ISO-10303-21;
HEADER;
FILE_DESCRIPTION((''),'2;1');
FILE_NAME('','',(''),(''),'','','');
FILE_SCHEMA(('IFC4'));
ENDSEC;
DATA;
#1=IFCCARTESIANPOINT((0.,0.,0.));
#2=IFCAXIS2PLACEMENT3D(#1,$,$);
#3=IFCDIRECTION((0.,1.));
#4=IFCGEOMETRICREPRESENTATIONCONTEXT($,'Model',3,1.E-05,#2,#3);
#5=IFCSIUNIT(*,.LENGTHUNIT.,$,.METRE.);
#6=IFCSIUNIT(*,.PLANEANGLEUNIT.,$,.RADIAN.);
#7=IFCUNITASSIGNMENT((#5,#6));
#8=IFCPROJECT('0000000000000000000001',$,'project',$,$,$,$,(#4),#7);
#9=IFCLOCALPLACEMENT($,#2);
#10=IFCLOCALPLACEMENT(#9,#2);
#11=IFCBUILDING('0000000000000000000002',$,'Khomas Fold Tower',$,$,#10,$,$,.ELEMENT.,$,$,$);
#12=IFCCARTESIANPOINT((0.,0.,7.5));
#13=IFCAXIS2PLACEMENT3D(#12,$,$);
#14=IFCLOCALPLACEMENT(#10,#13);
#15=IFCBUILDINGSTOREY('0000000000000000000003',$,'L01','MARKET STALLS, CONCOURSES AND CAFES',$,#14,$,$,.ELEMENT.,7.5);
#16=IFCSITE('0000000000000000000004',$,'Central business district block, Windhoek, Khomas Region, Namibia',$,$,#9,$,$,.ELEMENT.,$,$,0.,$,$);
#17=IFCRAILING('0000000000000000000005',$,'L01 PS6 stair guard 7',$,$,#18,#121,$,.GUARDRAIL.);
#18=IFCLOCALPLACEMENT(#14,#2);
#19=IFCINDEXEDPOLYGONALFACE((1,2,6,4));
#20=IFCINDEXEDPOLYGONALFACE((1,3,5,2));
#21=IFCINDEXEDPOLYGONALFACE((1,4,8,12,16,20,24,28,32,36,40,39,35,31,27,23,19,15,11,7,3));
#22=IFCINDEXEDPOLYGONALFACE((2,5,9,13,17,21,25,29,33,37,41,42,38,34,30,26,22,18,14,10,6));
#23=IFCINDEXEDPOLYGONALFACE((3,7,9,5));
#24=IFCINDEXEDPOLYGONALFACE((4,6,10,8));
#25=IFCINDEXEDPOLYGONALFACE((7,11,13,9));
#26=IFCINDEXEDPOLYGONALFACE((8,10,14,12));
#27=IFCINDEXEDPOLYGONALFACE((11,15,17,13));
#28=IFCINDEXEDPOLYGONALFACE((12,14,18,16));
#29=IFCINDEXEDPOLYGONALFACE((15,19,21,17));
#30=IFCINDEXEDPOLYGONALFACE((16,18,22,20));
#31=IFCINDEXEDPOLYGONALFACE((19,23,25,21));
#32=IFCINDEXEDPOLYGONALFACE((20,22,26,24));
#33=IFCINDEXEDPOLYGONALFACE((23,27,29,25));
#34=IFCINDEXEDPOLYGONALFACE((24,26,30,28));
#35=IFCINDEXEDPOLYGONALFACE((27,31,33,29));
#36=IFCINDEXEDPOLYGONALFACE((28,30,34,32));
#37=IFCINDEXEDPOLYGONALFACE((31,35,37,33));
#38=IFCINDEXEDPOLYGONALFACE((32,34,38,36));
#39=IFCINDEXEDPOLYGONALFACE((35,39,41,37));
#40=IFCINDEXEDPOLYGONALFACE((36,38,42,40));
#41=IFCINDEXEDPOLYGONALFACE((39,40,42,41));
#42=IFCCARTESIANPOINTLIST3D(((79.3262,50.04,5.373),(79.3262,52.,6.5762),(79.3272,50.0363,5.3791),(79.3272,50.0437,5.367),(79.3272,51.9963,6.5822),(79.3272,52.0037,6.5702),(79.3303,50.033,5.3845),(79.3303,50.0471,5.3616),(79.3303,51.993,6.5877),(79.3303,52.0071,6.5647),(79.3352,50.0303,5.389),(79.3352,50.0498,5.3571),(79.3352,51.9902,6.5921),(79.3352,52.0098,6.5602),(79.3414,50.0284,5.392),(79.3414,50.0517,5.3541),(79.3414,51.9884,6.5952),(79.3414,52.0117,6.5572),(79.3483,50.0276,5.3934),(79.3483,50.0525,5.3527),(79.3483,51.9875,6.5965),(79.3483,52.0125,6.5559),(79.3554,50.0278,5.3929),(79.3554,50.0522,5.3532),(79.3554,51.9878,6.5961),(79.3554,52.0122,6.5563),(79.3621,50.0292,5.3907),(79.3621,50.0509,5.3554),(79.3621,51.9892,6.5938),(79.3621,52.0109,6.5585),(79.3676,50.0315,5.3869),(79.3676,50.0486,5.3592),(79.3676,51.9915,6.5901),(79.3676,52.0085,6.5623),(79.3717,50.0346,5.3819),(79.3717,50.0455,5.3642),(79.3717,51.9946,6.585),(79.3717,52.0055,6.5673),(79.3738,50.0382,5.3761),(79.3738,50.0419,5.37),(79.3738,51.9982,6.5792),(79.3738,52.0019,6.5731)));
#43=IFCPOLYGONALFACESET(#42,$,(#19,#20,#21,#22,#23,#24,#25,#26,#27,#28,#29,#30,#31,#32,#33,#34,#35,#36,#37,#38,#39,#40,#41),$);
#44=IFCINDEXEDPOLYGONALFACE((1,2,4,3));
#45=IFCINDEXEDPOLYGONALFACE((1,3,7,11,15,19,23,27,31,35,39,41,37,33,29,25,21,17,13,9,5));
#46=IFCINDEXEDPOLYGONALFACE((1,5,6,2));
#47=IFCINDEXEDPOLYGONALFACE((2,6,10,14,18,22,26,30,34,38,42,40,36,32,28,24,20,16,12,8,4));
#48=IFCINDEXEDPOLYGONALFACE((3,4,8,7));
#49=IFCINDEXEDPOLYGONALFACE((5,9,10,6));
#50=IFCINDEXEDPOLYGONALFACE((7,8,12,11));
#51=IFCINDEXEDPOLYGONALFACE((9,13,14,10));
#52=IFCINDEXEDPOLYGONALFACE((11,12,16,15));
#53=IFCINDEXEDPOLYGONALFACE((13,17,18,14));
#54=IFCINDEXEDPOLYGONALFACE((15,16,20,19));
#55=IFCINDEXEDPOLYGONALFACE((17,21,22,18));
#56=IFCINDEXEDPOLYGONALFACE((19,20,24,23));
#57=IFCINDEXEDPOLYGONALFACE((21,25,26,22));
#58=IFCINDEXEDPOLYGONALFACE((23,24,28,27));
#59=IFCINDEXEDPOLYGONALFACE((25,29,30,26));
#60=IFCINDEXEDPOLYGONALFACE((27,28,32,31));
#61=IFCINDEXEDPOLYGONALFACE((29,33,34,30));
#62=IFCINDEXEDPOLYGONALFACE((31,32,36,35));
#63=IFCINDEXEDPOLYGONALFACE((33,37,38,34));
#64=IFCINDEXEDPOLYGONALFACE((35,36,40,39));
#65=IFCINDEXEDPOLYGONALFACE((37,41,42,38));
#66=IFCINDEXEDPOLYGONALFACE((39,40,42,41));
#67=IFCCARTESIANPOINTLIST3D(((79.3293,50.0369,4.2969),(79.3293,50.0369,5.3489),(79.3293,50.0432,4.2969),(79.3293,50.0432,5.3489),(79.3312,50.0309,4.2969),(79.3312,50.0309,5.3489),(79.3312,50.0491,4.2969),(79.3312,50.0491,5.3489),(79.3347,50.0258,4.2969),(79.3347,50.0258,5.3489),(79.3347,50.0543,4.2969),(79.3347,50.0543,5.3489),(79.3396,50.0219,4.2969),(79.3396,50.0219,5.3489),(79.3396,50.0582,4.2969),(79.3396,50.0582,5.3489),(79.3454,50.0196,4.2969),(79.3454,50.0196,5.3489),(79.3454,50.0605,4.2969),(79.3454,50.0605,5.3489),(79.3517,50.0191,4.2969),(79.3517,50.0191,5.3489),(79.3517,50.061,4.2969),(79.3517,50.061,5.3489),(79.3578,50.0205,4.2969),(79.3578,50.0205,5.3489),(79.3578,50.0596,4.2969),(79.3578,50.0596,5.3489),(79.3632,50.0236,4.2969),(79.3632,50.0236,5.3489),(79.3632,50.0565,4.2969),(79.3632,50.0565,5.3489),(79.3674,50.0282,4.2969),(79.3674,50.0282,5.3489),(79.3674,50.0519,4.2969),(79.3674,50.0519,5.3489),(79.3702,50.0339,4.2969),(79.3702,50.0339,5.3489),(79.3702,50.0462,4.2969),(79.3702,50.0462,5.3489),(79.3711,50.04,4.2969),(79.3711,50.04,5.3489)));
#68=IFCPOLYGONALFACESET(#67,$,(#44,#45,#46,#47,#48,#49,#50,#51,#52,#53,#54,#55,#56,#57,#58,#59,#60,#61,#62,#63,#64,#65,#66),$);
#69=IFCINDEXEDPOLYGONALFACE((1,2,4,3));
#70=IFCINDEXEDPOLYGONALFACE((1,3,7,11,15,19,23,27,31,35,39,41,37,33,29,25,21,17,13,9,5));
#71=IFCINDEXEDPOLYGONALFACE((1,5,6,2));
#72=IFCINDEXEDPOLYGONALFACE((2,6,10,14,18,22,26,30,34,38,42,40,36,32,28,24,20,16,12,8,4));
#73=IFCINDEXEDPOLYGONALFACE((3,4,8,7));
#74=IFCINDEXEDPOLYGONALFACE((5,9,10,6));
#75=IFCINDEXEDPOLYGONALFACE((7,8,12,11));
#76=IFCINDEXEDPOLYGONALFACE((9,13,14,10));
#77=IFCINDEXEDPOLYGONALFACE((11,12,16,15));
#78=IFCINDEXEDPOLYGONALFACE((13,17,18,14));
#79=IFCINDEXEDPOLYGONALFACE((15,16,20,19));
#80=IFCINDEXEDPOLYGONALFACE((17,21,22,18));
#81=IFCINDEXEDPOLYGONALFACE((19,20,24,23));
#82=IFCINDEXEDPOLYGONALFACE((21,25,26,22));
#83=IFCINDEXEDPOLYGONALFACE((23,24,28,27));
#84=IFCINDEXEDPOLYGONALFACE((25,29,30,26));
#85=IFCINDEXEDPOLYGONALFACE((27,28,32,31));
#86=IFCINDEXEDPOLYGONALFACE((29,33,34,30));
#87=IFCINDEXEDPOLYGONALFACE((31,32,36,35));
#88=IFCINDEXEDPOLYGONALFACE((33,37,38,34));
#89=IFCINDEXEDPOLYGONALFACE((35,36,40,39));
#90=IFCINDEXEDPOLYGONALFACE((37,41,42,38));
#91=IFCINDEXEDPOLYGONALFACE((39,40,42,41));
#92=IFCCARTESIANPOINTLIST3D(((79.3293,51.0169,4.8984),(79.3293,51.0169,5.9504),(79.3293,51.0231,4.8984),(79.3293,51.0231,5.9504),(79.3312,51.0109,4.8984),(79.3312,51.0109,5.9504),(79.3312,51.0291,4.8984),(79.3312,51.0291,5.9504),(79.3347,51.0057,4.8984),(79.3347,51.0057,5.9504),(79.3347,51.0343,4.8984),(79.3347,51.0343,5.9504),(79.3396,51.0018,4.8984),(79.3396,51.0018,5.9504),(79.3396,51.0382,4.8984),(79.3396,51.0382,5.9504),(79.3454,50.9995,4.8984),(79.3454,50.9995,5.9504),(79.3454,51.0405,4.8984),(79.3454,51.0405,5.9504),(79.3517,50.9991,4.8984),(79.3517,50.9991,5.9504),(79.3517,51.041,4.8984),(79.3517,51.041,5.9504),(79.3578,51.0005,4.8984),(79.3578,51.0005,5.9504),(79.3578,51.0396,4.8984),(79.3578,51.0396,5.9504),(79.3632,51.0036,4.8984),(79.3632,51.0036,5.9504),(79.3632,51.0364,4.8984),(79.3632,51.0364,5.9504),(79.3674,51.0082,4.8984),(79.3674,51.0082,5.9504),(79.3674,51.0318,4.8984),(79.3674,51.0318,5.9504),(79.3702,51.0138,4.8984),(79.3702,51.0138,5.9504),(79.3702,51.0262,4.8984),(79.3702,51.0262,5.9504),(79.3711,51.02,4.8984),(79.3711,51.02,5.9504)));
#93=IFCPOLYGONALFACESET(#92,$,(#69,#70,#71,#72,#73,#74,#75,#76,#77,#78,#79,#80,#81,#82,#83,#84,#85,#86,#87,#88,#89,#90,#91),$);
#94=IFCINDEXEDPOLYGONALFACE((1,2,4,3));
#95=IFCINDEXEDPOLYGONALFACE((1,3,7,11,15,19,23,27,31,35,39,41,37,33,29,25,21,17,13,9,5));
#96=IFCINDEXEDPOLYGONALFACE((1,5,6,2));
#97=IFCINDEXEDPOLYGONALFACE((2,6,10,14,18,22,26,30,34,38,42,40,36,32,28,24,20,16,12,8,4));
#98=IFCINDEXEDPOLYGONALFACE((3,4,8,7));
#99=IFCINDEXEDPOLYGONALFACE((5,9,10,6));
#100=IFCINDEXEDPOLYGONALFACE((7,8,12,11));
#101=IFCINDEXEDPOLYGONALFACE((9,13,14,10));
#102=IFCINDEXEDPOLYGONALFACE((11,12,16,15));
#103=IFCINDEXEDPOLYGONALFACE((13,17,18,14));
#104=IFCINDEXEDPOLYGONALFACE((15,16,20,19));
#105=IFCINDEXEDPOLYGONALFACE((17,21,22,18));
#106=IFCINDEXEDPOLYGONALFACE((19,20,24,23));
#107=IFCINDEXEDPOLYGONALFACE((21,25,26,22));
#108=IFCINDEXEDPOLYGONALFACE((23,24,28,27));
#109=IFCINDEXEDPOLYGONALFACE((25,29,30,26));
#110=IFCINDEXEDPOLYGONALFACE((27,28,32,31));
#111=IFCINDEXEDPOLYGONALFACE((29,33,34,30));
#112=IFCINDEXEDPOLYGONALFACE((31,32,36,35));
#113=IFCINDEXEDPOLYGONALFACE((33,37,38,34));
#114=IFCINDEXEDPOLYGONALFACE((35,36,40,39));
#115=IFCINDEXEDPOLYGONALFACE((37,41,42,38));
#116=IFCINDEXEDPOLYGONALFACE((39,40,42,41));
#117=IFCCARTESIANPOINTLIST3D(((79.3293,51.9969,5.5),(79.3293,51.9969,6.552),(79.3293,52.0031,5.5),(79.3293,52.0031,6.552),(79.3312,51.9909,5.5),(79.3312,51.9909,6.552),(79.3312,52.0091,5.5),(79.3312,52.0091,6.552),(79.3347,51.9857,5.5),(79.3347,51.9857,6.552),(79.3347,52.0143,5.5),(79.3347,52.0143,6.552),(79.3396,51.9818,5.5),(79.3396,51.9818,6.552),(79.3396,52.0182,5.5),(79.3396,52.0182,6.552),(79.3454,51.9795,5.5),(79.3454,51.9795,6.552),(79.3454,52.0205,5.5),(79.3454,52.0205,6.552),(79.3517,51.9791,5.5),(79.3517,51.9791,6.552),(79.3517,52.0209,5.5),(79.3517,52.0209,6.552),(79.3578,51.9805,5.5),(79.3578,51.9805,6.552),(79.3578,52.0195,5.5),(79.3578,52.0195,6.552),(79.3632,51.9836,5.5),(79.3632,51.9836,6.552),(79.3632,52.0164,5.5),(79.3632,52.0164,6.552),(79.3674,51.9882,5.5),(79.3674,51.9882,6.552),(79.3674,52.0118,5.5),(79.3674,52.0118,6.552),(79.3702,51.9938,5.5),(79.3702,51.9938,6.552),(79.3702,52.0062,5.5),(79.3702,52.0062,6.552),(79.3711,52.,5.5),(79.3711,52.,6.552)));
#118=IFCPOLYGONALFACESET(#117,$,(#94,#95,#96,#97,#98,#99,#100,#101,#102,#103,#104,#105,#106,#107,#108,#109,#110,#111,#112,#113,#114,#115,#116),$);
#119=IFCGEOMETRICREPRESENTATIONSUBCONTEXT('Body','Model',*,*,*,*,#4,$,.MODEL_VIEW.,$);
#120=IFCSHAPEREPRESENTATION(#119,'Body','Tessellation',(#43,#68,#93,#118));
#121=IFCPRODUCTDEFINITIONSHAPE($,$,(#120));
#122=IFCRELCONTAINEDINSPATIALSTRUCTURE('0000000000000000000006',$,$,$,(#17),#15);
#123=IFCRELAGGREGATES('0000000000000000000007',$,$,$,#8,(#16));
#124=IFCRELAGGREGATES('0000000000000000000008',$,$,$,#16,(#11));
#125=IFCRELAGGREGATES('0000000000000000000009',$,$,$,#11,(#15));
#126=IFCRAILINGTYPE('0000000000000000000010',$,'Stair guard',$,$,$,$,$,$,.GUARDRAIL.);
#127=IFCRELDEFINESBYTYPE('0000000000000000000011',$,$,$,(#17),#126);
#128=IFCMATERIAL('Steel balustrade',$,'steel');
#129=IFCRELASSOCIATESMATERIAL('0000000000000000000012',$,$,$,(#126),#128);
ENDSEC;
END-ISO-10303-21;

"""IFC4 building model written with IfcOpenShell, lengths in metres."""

from ifc_helpers import new_model, si_unit, direction, frame, origin, origin_2d, place, context, subcontext, project, spatial, circle, extrude, source, transform, mapped, material, type_object, element, save


model = new_model("IFC4")

# Units and contexts
model_context = context("Model", 3, precision=1e-05, world=origin(), true_north=direction((0.0, 1.0)))
body_context = subcontext(model_context, "Body", "Model", "MODEL_VIEW")
ifc_project = project(units=[si_unit("LENGTHUNIT", "METRE"), si_unit("PLANEANGLEUNIT", "RADIAN")], contexts=[model_context])

# Site, building, storey
site_placement = place(None, origin())
site = spatial("IfcSite", under=ifc_project, at=site_placement, Name="Central business district block, Windhoek, Khomas Region, Namibia", CompositionType="ELEMENT", RefElevation=0.0)
building_placement = place(site_placement, origin())
building = spatial("IfcBuilding", under=site, at=building_placement, Name="Khomas Fold Tower", CompositionType="ELEMENT")
storey_placement = place(building_placement, frame((0.0, 0.0, 7.5)))
storey = spatial("IfcBuildingStorey", under=building, at=storey_placement, Name="L01", Description="MARKET STALLS, CONCOURSES AND CAFES", CompositionType="ELEMENT", Elevation=7.5)

# Railing
ifc_material_1 = material(Name="Steel balustrade", Category="steel")
railing_type_1 = type_object("IfcRailingType", Name="Stair guard", PredefinedType="GUARDRAIL", material=ifc_material_1)
shared_shape_1 = source(origin(), body_context, "Body", "SweptSolid", [
    extrude(circle(Radius=0.0239, at=origin_2d()), frame((0.0, 0.0, 1.0762), z_axis=(0.0, 0.852241, 0.523149), x_axis=(-1.0, 0.0, 0.0)), (0.0, 0.0, 1.0), 2.2998),
    extrude(circle(Radius=0.021, at=origin_2d()), origin(), (0.0, 0.0, 1.0), 1.052),
    extrude(circle(Radius=0.021, at=origin_2d()), frame((0.0, 0.98, 0.6016)), (0.0, 0.0, 1.0), 1.052),
    extrude(circle(Radius=0.021, at=origin_2d()), frame((0.0, 1.96, 1.2031)), (0.0, 0.0, 1.0), 1.052),
])
for number, where, name in (
    (1, (79.3501, 50.04, 4.2969), "L01 PS6 stair guard 7"),
):
    element("IfcRailing", number, at=place(storey_placement, frame(where)), inside=storey, type_object=railing_type_1, Name=name, PredefinedType="GUARDRAIL", context=body_context, shape_type="MappedRepresentation", body=[
        mapped(shared_shape_1, transform((0.0, 0.0, 0.0))),
    ])

save(model, "model.ifc")
